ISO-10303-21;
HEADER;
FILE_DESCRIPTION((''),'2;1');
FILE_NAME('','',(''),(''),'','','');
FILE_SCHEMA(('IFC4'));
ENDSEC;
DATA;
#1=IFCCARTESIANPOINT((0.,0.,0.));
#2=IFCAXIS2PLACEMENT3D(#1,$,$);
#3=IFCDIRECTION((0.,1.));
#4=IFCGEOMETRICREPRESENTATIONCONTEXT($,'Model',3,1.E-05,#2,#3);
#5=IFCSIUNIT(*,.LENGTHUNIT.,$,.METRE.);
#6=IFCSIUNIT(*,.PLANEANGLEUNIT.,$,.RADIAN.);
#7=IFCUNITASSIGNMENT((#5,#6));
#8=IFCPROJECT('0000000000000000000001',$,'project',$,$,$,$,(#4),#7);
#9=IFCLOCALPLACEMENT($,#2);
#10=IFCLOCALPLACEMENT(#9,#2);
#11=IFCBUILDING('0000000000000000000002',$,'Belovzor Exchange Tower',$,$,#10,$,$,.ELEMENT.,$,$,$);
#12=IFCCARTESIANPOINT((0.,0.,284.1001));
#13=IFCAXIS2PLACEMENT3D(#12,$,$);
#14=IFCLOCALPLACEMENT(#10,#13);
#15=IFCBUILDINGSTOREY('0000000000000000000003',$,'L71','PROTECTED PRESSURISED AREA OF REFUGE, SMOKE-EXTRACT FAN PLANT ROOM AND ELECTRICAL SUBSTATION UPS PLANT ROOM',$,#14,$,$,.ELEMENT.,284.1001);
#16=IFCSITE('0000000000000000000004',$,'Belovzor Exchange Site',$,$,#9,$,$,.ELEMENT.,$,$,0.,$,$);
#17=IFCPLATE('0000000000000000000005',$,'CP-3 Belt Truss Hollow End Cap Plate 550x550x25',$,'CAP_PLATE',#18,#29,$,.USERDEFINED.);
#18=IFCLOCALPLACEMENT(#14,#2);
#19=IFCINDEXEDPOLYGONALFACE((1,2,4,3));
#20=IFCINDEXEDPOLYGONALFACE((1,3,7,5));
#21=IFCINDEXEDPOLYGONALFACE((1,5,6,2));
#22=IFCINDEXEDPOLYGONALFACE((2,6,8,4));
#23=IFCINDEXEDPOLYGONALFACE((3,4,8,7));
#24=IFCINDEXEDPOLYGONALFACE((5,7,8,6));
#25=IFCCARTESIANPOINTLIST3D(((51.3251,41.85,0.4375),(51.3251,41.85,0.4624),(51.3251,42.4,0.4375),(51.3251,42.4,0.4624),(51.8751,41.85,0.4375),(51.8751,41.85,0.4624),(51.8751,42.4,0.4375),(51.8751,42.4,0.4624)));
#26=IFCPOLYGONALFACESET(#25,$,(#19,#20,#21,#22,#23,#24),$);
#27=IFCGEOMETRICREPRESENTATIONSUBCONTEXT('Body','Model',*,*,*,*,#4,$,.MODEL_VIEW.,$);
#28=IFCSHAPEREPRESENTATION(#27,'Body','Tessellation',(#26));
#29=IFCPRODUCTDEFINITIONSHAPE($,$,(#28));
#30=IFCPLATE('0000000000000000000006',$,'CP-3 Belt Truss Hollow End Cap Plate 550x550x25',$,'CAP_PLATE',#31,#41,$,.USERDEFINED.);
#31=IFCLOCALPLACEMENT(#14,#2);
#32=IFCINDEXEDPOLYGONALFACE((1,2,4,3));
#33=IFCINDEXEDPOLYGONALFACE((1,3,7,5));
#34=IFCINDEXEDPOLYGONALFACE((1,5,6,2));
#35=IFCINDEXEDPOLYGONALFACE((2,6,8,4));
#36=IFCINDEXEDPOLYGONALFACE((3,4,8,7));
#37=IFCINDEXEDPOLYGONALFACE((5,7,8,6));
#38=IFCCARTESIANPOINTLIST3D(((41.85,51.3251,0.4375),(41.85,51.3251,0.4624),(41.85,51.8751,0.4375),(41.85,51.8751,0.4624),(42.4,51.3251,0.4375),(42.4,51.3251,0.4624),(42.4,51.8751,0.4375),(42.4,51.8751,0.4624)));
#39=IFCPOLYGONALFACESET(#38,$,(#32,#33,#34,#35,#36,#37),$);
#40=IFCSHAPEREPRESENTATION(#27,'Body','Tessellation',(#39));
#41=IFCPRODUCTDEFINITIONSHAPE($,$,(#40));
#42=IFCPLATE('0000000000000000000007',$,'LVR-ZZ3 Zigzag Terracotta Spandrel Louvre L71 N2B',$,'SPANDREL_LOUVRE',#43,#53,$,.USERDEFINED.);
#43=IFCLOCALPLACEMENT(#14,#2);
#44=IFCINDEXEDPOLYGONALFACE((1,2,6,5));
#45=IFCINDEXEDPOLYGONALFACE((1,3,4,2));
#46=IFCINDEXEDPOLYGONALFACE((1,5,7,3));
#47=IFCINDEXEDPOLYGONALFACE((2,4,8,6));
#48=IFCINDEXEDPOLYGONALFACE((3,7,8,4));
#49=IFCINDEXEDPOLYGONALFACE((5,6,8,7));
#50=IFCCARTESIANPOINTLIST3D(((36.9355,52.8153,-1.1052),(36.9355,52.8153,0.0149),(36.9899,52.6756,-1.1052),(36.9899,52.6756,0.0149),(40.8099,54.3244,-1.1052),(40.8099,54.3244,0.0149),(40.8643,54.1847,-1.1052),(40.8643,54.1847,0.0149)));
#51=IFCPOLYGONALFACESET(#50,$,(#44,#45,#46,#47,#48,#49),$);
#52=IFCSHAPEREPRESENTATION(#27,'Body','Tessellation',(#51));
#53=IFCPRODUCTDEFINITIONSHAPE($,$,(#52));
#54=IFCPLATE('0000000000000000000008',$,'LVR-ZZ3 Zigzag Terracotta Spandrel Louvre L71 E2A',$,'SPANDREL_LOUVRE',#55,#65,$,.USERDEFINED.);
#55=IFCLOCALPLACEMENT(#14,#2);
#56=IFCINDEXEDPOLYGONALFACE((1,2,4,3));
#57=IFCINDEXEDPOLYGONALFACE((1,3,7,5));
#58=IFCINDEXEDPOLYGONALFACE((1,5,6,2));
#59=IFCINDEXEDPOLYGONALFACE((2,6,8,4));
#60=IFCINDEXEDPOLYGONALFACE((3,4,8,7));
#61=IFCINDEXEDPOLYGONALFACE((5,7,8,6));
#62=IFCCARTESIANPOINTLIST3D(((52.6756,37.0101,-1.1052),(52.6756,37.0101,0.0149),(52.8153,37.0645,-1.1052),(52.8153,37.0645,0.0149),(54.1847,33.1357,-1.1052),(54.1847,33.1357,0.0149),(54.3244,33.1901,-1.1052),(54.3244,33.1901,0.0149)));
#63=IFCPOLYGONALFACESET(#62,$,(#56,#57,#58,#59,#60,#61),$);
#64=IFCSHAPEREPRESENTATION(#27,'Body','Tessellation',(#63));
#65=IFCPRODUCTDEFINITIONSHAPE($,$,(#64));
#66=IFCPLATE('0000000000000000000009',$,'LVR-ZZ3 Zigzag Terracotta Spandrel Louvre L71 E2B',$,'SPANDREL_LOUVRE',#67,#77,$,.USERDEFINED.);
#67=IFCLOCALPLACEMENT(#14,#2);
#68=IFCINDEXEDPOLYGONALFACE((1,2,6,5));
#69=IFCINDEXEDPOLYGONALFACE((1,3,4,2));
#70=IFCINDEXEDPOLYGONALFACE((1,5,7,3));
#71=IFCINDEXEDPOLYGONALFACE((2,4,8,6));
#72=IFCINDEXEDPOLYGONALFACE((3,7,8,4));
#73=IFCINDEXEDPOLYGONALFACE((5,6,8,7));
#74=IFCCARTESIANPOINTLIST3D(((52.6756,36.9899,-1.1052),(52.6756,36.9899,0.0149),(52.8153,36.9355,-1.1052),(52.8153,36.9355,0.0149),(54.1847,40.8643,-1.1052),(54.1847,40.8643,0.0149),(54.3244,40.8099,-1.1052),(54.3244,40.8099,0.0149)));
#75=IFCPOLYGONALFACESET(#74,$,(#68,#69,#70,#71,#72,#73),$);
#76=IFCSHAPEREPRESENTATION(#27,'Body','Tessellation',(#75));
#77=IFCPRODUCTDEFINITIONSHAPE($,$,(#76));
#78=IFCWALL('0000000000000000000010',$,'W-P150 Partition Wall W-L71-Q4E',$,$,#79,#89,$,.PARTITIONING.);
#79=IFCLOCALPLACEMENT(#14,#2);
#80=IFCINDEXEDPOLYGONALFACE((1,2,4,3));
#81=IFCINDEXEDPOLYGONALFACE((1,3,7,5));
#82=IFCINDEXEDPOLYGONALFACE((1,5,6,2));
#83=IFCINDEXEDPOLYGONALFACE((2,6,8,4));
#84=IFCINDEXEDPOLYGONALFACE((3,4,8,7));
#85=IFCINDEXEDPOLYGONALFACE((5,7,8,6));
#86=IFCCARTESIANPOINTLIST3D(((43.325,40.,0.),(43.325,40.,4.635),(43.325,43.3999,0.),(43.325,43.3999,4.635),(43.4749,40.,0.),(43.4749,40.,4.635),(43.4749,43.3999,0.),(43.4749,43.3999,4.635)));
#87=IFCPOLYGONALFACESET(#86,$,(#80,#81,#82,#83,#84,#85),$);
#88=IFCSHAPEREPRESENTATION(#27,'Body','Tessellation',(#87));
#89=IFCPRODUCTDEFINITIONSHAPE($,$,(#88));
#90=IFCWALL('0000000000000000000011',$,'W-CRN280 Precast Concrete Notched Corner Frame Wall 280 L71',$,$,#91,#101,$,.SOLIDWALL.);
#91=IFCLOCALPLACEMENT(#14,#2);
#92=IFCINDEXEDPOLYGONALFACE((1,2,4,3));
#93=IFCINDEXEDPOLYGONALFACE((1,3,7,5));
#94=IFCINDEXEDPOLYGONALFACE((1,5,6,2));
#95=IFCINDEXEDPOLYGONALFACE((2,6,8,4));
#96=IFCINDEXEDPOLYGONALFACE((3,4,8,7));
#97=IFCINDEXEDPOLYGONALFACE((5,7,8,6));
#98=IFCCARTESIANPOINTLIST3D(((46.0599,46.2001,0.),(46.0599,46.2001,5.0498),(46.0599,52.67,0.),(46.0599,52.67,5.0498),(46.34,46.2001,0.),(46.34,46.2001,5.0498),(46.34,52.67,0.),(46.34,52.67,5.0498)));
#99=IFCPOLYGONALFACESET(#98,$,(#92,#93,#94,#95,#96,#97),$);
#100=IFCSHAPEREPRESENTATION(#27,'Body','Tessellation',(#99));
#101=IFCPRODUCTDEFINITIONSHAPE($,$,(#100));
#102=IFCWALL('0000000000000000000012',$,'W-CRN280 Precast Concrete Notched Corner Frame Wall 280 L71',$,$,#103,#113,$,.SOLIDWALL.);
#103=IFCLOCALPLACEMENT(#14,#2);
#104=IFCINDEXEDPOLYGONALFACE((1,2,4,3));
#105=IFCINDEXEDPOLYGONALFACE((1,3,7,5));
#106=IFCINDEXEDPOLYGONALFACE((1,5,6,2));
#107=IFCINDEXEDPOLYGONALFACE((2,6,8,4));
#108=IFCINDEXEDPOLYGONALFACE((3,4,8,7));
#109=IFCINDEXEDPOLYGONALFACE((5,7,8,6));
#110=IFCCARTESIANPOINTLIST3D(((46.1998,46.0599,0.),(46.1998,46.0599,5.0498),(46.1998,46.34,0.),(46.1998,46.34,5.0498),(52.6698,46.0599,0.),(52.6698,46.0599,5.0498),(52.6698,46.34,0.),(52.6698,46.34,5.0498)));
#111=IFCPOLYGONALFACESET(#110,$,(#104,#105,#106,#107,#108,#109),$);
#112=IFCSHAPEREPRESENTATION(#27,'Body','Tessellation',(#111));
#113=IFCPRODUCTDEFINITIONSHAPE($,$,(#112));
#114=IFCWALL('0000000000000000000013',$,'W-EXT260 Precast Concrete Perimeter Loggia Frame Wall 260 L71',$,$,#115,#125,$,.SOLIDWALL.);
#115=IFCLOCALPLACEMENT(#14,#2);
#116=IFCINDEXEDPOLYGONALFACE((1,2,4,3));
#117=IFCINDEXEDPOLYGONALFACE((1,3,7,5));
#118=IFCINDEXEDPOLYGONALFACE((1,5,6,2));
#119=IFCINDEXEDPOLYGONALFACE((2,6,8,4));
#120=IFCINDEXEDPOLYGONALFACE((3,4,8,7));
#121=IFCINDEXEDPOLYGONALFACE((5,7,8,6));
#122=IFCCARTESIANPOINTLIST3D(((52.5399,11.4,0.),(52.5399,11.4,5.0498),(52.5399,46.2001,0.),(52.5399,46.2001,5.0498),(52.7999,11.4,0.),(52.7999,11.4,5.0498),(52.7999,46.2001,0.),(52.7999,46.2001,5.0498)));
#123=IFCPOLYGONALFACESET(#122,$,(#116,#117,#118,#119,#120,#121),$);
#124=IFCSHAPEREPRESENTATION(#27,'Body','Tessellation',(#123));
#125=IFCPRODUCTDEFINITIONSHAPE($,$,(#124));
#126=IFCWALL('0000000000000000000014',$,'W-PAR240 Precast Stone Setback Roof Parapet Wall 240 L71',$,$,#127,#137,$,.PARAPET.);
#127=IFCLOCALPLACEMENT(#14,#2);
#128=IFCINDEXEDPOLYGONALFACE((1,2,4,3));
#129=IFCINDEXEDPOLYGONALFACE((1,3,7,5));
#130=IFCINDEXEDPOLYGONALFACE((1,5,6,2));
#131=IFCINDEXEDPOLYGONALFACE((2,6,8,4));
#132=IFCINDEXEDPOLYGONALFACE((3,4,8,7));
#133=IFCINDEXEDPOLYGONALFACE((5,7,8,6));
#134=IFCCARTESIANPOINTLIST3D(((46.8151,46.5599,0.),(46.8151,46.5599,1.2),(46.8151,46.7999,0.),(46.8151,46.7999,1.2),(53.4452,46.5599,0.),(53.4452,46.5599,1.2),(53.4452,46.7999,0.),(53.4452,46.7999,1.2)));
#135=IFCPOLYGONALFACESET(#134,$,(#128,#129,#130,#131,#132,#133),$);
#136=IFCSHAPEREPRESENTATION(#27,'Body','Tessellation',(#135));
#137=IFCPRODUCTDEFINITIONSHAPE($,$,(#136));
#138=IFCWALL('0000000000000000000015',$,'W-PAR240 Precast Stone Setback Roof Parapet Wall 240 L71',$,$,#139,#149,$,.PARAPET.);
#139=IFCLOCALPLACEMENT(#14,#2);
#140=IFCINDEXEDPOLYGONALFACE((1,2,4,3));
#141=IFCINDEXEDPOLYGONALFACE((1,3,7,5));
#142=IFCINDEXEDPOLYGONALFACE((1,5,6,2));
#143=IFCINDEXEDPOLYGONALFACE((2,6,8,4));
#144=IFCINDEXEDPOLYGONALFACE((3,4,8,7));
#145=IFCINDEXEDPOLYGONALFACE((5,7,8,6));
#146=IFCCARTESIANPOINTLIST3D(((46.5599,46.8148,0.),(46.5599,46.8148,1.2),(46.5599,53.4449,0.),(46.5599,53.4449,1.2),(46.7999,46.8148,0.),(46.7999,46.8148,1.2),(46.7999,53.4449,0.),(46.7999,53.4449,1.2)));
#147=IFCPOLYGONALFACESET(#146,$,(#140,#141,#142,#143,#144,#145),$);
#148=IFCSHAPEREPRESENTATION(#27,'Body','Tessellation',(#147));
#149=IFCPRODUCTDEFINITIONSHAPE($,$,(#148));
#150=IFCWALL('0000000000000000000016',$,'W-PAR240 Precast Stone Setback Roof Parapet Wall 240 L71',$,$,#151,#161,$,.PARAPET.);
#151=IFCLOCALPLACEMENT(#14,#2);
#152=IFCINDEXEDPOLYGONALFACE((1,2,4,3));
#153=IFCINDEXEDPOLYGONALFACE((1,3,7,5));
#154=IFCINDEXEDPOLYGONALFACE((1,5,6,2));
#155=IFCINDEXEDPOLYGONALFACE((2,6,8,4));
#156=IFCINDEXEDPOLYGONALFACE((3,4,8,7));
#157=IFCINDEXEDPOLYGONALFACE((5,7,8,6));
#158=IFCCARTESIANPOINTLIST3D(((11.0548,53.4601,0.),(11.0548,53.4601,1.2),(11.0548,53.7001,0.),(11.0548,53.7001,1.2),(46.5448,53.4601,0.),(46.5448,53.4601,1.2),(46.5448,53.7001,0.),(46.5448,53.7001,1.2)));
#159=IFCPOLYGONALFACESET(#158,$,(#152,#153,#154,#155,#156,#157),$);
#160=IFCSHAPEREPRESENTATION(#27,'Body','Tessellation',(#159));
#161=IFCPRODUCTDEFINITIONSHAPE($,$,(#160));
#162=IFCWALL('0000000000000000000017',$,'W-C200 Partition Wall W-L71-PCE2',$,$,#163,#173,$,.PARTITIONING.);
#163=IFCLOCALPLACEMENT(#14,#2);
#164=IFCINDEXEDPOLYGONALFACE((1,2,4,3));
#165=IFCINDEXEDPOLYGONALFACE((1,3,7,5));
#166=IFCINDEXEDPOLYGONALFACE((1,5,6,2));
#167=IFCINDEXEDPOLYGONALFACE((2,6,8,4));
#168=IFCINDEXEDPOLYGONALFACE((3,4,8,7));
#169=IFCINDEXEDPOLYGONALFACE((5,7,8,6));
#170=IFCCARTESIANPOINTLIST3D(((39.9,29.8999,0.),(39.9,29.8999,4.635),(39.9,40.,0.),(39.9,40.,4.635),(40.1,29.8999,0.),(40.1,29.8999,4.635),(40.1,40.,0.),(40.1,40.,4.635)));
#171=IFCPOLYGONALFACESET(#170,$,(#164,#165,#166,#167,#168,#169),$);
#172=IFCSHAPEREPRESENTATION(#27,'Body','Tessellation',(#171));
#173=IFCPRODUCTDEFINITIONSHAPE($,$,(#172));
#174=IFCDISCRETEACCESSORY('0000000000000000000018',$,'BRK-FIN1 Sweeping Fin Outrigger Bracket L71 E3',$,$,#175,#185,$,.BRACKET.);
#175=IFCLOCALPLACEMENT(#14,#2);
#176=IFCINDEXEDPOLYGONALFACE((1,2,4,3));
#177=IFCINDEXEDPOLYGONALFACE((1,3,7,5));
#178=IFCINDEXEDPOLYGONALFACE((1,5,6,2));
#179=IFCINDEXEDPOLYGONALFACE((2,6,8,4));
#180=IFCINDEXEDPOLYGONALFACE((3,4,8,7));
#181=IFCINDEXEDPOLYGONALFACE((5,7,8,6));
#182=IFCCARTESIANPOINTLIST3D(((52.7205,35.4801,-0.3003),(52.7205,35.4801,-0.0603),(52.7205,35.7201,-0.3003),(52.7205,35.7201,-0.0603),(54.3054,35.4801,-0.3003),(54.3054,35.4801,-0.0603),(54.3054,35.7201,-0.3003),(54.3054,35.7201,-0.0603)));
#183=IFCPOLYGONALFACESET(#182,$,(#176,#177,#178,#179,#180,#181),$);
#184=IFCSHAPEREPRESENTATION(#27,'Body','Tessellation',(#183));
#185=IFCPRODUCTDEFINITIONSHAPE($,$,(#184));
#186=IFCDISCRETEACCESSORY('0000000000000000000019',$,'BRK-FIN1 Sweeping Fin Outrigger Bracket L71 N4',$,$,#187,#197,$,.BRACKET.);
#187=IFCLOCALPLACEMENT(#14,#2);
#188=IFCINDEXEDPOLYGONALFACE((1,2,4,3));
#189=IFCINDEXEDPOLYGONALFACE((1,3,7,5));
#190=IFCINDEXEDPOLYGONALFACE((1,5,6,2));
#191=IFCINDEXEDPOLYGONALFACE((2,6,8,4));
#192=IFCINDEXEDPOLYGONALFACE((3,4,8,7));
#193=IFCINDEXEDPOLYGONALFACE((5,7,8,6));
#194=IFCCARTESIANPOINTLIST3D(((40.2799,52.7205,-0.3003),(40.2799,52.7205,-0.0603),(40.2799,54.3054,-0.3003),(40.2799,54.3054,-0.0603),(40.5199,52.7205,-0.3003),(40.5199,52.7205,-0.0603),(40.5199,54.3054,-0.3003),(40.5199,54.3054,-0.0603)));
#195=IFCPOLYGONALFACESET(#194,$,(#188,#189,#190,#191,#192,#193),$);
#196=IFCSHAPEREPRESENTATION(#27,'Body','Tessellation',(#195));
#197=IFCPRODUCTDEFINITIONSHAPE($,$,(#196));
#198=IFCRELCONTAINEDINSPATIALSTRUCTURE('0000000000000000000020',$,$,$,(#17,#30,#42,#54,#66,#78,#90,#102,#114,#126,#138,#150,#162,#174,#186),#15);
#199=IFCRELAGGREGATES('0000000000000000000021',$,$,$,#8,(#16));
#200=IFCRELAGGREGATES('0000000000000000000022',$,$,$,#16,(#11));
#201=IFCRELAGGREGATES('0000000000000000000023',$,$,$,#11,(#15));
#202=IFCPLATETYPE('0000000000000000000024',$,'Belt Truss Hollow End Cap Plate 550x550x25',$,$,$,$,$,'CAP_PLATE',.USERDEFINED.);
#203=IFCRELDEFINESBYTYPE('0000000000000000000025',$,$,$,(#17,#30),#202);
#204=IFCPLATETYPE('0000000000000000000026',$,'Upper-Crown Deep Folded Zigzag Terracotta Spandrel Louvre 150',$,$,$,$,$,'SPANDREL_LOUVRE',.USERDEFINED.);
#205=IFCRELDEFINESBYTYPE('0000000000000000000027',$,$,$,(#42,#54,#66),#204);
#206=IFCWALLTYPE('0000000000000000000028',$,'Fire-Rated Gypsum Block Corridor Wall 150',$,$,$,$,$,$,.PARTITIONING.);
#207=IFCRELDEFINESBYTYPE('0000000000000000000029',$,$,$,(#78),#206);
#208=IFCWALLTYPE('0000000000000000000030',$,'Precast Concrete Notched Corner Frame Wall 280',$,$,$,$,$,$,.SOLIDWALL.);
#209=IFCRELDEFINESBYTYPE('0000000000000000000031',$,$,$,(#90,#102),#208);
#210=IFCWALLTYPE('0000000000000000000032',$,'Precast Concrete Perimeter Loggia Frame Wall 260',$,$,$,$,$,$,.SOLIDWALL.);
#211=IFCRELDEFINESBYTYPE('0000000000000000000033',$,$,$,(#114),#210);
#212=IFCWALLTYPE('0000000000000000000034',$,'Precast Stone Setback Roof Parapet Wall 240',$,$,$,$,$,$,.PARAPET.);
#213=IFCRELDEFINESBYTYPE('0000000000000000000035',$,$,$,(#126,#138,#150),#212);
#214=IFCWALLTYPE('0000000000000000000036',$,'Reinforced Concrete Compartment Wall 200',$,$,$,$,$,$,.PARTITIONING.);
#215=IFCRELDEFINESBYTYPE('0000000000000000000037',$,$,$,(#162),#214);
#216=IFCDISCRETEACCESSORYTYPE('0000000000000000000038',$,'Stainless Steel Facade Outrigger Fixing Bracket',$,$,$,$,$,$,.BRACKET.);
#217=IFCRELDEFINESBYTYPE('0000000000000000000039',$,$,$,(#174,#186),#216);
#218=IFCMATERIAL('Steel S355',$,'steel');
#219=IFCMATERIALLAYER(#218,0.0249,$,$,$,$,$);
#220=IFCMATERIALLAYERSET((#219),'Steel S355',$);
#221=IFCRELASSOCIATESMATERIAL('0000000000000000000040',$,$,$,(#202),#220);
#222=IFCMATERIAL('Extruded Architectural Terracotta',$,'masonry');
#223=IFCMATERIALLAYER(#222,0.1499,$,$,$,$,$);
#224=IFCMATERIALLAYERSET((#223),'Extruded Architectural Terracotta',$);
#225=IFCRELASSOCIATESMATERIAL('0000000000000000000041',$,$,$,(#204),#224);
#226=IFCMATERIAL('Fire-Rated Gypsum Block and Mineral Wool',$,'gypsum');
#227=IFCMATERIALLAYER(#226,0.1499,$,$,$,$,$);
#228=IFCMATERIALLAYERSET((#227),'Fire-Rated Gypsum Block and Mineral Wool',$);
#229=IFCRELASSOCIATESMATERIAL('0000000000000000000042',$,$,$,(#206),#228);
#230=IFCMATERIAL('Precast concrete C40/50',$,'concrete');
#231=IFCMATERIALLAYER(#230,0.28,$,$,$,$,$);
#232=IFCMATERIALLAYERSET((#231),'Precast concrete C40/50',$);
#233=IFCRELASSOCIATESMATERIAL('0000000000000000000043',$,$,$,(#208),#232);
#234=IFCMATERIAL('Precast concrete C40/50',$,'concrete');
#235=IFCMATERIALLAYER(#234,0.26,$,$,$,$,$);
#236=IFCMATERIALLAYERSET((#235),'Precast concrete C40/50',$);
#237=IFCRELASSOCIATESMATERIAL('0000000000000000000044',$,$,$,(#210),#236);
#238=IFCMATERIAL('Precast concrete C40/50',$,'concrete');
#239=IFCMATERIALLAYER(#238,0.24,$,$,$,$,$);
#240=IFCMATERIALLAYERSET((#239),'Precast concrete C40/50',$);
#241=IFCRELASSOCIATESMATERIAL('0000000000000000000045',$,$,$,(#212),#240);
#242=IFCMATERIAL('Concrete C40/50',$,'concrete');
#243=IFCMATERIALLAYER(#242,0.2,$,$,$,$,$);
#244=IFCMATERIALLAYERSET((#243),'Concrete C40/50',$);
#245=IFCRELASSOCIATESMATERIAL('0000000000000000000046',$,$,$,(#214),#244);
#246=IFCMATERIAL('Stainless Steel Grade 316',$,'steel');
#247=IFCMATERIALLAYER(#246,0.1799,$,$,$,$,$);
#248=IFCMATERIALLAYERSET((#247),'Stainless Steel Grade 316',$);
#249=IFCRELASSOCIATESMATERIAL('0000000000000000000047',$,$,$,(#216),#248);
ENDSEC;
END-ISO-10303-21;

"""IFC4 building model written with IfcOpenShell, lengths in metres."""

from ifc_helpers import new_model, si_unit, direction, frame, frame_2d, origin, origin_2d, place, context, subcontext, project, spatial, rectangle, extrude, material, layer, layer_set, type_object, element, save


model = new_model("IFC4")

# Units and contexts
model_context = context("Model", 3, precision=1e-05, world=origin(), true_north=direction((0.0, 1.0)))
body_context = subcontext(model_context, "Body", "Model", "MODEL_VIEW")
ifc_project = project(units=[si_unit("LENGTHUNIT", "METRE"), si_unit("PLANEANGLEUNIT", "RADIAN")], contexts=[model_context])

# Site, building, storey
site_placement = place(None, origin())
site = spatial("IfcSite", under=ifc_project, at=site_placement, Name="Belovzor Exchange Site", CompositionType="ELEMENT", RefElevation=0.0)
building_placement = place(site_placement, origin())
building = spatial("IfcBuilding", under=site, at=building_placement, Name="Belovzor Exchange Tower", CompositionType="ELEMENT")
storey_placement = place(building_placement, frame((0.0, 0.0, 284.1001)))
storey = spatial("IfcBuildingStorey", under=building, at=storey_placement, Name="L71", Description="PROTECTED PRESSURISED AREA OF REFUGE, SMOKE-EXTRACT FAN PLANT ROOM AND ELECTRICAL SUBSTATION UPS PLANT ROOM", CompositionType="ELEMENT", Elevation=284.1001)

# Plates
ifc_material_1 = material(Name="Steel S355", Category="steel")
ifc_layer_1 = layer(ifc_material_1, 0.0249)
ifc_layer_set_1 = layer_set([ifc_layer_1], Name="Steel S355")
plate_type_1 = type_object("IfcPlateType", Name="Belt Truss Hollow End Cap Plate 550x550x25", ElementType="CAP_PLATE", PredefinedType="USERDEFINED", material=ifc_layer_set_1)
for number, where, z_axis, x_axis, name in (
    (1, (51.6001, 42.125, 0.4375), (0.0, 0.0, 1.0), (0.0, 1.0, 0.0), "CP-3 Belt Truss Hollow End Cap Plate 550x550x25"),
    (2, (42.125, 51.6001, 0.4375), (0.0, 0.0, 1.0), (1.0, 0.0, 0.0), "CP-3 Belt Truss Hollow End Cap Plate 550x550x25"),
):
    element("IfcPlate", number, at=place(storey_placement, frame(where, z_axis=z_axis, x_axis=x_axis)), inside=storey, type_object=plate_type_1, Name=name, ObjectType="CAP_PLATE", PredefinedType="USERDEFINED", context=body_context, shape_type="SweptSolid", body=[
        extrude(rectangle(XDim=0.55, YDim=0.55, at=origin_2d()), origin(), (0.0, 0.0, 1.0), 0.0249),
    ])
ifc_material_2 = material(Name="Extruded Architectural Terracotta", Category="masonry")
ifc_layer_2 = layer(ifc_material_2, 0.1499)
ifc_layer_set_2 = layer_set([ifc_layer_2], Name="Extruded Architectural Terracotta")
plate_type_2 = type_object("IfcPlateType", Name="Upper-Crown Deep Folded Zigzag Terracotta Spandrel Louvre 150", ElementType="SPANDREL_LOUVRE", PredefinedType="USERDEFINED", material=ifc_layer_set_2)
for number, where, z_axis, x_axis, name in (
    (3, (38.8999, 53.5, -1.1052), (0.0, 0.0, 1.0), (0.931818, 0.362926, 0.0), "LVR-ZZ3 Zigzag Terracotta Spandrel Louvre L71 N2B"),
    (4, (53.5, 35.1001, -1.1052), (0.0, 0.0, 1.0), (-0.362926, 0.931818, 0.0), "LVR-ZZ3 Zigzag Terracotta Spandrel Louvre L71 E2A"),
    (5, (53.5, 38.8999, -1.1052), (0.0, 0.0, 1.0), (0.362926, 0.931818, 0.0), "LVR-ZZ3 Zigzag Terracotta Spandrel Louvre L71 E2B"),
):
    element("IfcPlate", number, at=place(storey_placement, frame(where, z_axis=z_axis, x_axis=x_axis)), inside=storey, type_object=plate_type_2, Name=name, ObjectType="SPANDREL_LOUVRE", PredefinedType="USERDEFINED", context=body_context, shape_type="SweptSolid", body=[
        extrude(rectangle(XDim=4.158, YDim=0.1499, at=origin_2d()), origin(), (0.0, 0.0, 1.0), 1.1201),
    ])

# Walls
ifc_material_3 = material(Name="Fire-Rated Gypsum Block and Mineral Wool", Category="gypsum")
ifc_layer_3 = layer(ifc_material_3, 0.1499)
ifc_layer_set_3 = layer_set([ifc_layer_3], Name="Fire-Rated Gypsum Block and Mineral Wool")
wall_type_1 = type_object("IfcWallType", Name="Fire-Rated Gypsum Block Corridor Wall 150", PredefinedType="PARTITIONING", material=ifc_layer_set_3)
wall_1_placement = place(storey_placement, frame((43.3999, 40.0, 0.0), z_axis=(0.0, 0.0, 1.0), x_axis=(0.0, 1.0, 0.0)))
element("IfcWall", 6, at=wall_1_placement, inside=storey, type_object=wall_type_1, Name="W-P150 Partition Wall W-L71-Q4E", PredefinedType="PARTITIONING", context=body_context, shape_type="SweptSolid", body=[
    extrude(rectangle(XDim=3.3999, YDim=0.1499, at=frame_2d((1.7, 0.0))), origin(), (0.0, 0.0, 1.0), 4.635),
])
ifc_material_4 = material(Name="Precast concrete C40/50", Category="concrete")
ifc_layer_4 = layer(ifc_material_4, 0.28)
ifc_layer_set_4 = layer_set([ifc_layer_4], Name="Precast concrete C40/50")
wall_type_2 = type_object("IfcWallType", Name="Precast Concrete Notched Corner Frame Wall 280", PredefinedType="SOLIDWALL", material=ifc_layer_set_4)
for number, where, z_axis, x_axis, name in (
    (7, (46.2, 52.6699, 0.0), (0.0, 0.0, 1.0), (0.0, -1.0, 0.0), "W-CRN280 Precast Concrete Notched Corner Frame Wall 280 L71"),
    (8, (46.2, 46.2, 0.0), (0.0, 0.0, 1.0), (1.0, 0.0, 0.0), "W-CRN280 Precast Concrete Notched Corner Frame Wall 280 L71"),
):
    element("IfcWall", number, at=place(storey_placement, frame(where, z_axis=z_axis, x_axis=x_axis)), inside=storey, type_object=wall_type_2, Name=name, PredefinedType="SOLIDWALL", context=body_context, shape_type="SweptSolid", body=[
        extrude(rectangle(XDim=6.47, YDim=0.28, at=frame_2d((3.2349, 0.0))), origin(), (0.0, 0.0, 1.0), 5.0498),
    ])
ifc_material_5 = material(Name="Precast concrete C40/50", Category="concrete")
ifc_layer_5 = layer(ifc_material_5, 0.26)
ifc_layer_set_5 = layer_set([ifc_layer_5], Name="Precast concrete C40/50")
wall_type_3 = type_object("IfcWallType", Name="Precast Concrete Perimeter Loggia Frame Wall 260", PredefinedType="SOLIDWALL", material=ifc_layer_set_5)
wall_2_placement = place(storey_placement, frame((52.6699, 46.2, 0.0), z_axis=(0.0, 0.0, 1.0), x_axis=(0.0, -1.0, 0.0)))
element("IfcWall", 9, at=wall_2_placement, inside=storey, type_object=wall_type_3, Name="W-EXT260 Precast Concrete Perimeter Loggia Frame Wall 260 L71", PredefinedType="SOLIDWALL", context=body_context, shape_type="SweptSolid", body=[
    extrude(rectangle(XDim=34.8, YDim=0.26, at=frame_2d((17.3999, 0.0))), origin(), (0.0, 0.0, 1.0), 5.0498),
])
ifc_material_6 = material(Name="Precast concrete C40/50", Category="concrete")
ifc_layer_6 = layer(ifc_material_6, 0.24)
ifc_layer_set_6 = layer_set([ifc_layer_6], Name="Precast concrete C40/50")
wall_type_4 = type_object("IfcWallType", Name="Precast Stone Setback Roof Parapet Wall 240", PredefinedType="PARAPET", material=ifc_layer_set_6)
for number, where, z_axis, x_axis, name in (
    (10, (53.4451, 46.6799, 0.0), (0.0, 0.0, 1.0), (-1.0, 0.0, 0.0), "W-PAR240 Precast Stone Setback Roof Parapet Wall 240 L71"),
    (11, (46.6799, 46.8149, 0.0), (0.0, 0.0, 1.0), (0.0, 1.0, 0.0), "W-PAR240 Precast Stone Setback Roof Parapet Wall 240 L71"),
):
    element("IfcWall", number, at=place(storey_placement, frame(where, z_axis=z_axis, x_axis=x_axis)), inside=storey, type_object=wall_type_4, Name=name, PredefinedType="PARAPET", context=body_context, shape_type="SweptSolid", body=[
        extrude(rectangle(XDim=6.6301, YDim=0.24, at=frame_2d((3.3149, 0.0))), origin(), (0.0, 0.0, 1.0), 1.2),
    ])
wall_3_placement = place(storey_placement, frame((46.5449, 53.5801, 0.0), z_axis=(0.0, 0.0, 1.0), x_axis=(-1.0, 0.0, 0.0)))
element("IfcWall", 12, at=wall_3_placement, inside=storey, type_object=wall_type_4, Name="W-PAR240 Precast Stone Setback Roof Parapet Wall 240 L71", PredefinedType="PARAPET", context=body_context, shape_type="SweptSolid", body=[
    extrude(rectangle(XDim=35.49, YDim=0.24, at=frame_2d((17.7451, 0.0))), origin(), (0.0, 0.0, 1.0), 1.2),
])
ifc_material_7 = material(Name="Concrete C40/50", Category="concrete")
ifc_layer_7 = layer(ifc_material_7, 0.2)
ifc_layer_set_7 = layer_set([ifc_layer_7], Name="Concrete C40/50")
wall_type_5 = type_object("IfcWallType", Name="Reinforced Concrete Compartment Wall 200", PredefinedType="PARTITIONING", material=ifc_layer_set_7)
wall_4_placement = place(storey_placement, frame((40.0, 29.8999, 0.0), z_axis=(0.0, 0.0, 1.0), x_axis=(0.0, 1.0, 0.0)))
element("IfcWall", 13, at=wall_4_placement, inside=storey, type_object=wall_type_5, Name="W-C200 Partition Wall W-L71-PCE2", PredefinedType="PARTITIONING", context=body_context, shape_type="SweptSolid", body=[
    extrude(rectangle(XDim=10.1001, YDim=0.2, at=frame_2d((5.05, 0.0))), origin(), (0.0, 0.0, 1.0), 4.635),
])

# Discrete accessories
ifc_material_8 = material(Name="Stainless Steel Grade 316", Category="steel")
ifc_layer_8 = layer(ifc_material_8, 0.1799)
ifc_layer_set_8 = layer_set([ifc_layer_8], Name="Stainless Steel Grade 316")
discrete_accessory_type = type_object("IfcDiscreteAccessoryType", Name="Stainless Steel Facade Outrigger Fixing Bracket", PredefinedType="BRACKET", material=ifc_layer_set_8)
for number, where, z_axis, x_axis, name in (
    (14, (53.5129, 35.6001, -0.3003), (0.0, 0.0, 1.0), (1.0, 0.0, 0.0), "BRK-FIN1 Sweeping Fin Outrigger Bracket L71 E3"),
    (15, (40.3999, 53.5129, -0.3003), (0.0, 0.0, 1.0), (0.0, 1.0, 0.0), "BRK-FIN1 Sweeping Fin Outrigger Bracket L71 N4"),
):
    element("IfcDiscreteAccessory", number, at=place(storey_placement, frame(where, z_axis=z_axis, x_axis=x_axis)), inside=storey, type_object=discrete_accessory_type, Name=name, PredefinedType="BRACKET", context=body_context, shape_type="SweptSolid", body=[
        extrude(rectangle(XDim=1.585, YDim=0.24, at=origin_2d()), origin(), (0.0, 0.0, 1.0), 0.24),
    ])

save(model, "model.ifc")
